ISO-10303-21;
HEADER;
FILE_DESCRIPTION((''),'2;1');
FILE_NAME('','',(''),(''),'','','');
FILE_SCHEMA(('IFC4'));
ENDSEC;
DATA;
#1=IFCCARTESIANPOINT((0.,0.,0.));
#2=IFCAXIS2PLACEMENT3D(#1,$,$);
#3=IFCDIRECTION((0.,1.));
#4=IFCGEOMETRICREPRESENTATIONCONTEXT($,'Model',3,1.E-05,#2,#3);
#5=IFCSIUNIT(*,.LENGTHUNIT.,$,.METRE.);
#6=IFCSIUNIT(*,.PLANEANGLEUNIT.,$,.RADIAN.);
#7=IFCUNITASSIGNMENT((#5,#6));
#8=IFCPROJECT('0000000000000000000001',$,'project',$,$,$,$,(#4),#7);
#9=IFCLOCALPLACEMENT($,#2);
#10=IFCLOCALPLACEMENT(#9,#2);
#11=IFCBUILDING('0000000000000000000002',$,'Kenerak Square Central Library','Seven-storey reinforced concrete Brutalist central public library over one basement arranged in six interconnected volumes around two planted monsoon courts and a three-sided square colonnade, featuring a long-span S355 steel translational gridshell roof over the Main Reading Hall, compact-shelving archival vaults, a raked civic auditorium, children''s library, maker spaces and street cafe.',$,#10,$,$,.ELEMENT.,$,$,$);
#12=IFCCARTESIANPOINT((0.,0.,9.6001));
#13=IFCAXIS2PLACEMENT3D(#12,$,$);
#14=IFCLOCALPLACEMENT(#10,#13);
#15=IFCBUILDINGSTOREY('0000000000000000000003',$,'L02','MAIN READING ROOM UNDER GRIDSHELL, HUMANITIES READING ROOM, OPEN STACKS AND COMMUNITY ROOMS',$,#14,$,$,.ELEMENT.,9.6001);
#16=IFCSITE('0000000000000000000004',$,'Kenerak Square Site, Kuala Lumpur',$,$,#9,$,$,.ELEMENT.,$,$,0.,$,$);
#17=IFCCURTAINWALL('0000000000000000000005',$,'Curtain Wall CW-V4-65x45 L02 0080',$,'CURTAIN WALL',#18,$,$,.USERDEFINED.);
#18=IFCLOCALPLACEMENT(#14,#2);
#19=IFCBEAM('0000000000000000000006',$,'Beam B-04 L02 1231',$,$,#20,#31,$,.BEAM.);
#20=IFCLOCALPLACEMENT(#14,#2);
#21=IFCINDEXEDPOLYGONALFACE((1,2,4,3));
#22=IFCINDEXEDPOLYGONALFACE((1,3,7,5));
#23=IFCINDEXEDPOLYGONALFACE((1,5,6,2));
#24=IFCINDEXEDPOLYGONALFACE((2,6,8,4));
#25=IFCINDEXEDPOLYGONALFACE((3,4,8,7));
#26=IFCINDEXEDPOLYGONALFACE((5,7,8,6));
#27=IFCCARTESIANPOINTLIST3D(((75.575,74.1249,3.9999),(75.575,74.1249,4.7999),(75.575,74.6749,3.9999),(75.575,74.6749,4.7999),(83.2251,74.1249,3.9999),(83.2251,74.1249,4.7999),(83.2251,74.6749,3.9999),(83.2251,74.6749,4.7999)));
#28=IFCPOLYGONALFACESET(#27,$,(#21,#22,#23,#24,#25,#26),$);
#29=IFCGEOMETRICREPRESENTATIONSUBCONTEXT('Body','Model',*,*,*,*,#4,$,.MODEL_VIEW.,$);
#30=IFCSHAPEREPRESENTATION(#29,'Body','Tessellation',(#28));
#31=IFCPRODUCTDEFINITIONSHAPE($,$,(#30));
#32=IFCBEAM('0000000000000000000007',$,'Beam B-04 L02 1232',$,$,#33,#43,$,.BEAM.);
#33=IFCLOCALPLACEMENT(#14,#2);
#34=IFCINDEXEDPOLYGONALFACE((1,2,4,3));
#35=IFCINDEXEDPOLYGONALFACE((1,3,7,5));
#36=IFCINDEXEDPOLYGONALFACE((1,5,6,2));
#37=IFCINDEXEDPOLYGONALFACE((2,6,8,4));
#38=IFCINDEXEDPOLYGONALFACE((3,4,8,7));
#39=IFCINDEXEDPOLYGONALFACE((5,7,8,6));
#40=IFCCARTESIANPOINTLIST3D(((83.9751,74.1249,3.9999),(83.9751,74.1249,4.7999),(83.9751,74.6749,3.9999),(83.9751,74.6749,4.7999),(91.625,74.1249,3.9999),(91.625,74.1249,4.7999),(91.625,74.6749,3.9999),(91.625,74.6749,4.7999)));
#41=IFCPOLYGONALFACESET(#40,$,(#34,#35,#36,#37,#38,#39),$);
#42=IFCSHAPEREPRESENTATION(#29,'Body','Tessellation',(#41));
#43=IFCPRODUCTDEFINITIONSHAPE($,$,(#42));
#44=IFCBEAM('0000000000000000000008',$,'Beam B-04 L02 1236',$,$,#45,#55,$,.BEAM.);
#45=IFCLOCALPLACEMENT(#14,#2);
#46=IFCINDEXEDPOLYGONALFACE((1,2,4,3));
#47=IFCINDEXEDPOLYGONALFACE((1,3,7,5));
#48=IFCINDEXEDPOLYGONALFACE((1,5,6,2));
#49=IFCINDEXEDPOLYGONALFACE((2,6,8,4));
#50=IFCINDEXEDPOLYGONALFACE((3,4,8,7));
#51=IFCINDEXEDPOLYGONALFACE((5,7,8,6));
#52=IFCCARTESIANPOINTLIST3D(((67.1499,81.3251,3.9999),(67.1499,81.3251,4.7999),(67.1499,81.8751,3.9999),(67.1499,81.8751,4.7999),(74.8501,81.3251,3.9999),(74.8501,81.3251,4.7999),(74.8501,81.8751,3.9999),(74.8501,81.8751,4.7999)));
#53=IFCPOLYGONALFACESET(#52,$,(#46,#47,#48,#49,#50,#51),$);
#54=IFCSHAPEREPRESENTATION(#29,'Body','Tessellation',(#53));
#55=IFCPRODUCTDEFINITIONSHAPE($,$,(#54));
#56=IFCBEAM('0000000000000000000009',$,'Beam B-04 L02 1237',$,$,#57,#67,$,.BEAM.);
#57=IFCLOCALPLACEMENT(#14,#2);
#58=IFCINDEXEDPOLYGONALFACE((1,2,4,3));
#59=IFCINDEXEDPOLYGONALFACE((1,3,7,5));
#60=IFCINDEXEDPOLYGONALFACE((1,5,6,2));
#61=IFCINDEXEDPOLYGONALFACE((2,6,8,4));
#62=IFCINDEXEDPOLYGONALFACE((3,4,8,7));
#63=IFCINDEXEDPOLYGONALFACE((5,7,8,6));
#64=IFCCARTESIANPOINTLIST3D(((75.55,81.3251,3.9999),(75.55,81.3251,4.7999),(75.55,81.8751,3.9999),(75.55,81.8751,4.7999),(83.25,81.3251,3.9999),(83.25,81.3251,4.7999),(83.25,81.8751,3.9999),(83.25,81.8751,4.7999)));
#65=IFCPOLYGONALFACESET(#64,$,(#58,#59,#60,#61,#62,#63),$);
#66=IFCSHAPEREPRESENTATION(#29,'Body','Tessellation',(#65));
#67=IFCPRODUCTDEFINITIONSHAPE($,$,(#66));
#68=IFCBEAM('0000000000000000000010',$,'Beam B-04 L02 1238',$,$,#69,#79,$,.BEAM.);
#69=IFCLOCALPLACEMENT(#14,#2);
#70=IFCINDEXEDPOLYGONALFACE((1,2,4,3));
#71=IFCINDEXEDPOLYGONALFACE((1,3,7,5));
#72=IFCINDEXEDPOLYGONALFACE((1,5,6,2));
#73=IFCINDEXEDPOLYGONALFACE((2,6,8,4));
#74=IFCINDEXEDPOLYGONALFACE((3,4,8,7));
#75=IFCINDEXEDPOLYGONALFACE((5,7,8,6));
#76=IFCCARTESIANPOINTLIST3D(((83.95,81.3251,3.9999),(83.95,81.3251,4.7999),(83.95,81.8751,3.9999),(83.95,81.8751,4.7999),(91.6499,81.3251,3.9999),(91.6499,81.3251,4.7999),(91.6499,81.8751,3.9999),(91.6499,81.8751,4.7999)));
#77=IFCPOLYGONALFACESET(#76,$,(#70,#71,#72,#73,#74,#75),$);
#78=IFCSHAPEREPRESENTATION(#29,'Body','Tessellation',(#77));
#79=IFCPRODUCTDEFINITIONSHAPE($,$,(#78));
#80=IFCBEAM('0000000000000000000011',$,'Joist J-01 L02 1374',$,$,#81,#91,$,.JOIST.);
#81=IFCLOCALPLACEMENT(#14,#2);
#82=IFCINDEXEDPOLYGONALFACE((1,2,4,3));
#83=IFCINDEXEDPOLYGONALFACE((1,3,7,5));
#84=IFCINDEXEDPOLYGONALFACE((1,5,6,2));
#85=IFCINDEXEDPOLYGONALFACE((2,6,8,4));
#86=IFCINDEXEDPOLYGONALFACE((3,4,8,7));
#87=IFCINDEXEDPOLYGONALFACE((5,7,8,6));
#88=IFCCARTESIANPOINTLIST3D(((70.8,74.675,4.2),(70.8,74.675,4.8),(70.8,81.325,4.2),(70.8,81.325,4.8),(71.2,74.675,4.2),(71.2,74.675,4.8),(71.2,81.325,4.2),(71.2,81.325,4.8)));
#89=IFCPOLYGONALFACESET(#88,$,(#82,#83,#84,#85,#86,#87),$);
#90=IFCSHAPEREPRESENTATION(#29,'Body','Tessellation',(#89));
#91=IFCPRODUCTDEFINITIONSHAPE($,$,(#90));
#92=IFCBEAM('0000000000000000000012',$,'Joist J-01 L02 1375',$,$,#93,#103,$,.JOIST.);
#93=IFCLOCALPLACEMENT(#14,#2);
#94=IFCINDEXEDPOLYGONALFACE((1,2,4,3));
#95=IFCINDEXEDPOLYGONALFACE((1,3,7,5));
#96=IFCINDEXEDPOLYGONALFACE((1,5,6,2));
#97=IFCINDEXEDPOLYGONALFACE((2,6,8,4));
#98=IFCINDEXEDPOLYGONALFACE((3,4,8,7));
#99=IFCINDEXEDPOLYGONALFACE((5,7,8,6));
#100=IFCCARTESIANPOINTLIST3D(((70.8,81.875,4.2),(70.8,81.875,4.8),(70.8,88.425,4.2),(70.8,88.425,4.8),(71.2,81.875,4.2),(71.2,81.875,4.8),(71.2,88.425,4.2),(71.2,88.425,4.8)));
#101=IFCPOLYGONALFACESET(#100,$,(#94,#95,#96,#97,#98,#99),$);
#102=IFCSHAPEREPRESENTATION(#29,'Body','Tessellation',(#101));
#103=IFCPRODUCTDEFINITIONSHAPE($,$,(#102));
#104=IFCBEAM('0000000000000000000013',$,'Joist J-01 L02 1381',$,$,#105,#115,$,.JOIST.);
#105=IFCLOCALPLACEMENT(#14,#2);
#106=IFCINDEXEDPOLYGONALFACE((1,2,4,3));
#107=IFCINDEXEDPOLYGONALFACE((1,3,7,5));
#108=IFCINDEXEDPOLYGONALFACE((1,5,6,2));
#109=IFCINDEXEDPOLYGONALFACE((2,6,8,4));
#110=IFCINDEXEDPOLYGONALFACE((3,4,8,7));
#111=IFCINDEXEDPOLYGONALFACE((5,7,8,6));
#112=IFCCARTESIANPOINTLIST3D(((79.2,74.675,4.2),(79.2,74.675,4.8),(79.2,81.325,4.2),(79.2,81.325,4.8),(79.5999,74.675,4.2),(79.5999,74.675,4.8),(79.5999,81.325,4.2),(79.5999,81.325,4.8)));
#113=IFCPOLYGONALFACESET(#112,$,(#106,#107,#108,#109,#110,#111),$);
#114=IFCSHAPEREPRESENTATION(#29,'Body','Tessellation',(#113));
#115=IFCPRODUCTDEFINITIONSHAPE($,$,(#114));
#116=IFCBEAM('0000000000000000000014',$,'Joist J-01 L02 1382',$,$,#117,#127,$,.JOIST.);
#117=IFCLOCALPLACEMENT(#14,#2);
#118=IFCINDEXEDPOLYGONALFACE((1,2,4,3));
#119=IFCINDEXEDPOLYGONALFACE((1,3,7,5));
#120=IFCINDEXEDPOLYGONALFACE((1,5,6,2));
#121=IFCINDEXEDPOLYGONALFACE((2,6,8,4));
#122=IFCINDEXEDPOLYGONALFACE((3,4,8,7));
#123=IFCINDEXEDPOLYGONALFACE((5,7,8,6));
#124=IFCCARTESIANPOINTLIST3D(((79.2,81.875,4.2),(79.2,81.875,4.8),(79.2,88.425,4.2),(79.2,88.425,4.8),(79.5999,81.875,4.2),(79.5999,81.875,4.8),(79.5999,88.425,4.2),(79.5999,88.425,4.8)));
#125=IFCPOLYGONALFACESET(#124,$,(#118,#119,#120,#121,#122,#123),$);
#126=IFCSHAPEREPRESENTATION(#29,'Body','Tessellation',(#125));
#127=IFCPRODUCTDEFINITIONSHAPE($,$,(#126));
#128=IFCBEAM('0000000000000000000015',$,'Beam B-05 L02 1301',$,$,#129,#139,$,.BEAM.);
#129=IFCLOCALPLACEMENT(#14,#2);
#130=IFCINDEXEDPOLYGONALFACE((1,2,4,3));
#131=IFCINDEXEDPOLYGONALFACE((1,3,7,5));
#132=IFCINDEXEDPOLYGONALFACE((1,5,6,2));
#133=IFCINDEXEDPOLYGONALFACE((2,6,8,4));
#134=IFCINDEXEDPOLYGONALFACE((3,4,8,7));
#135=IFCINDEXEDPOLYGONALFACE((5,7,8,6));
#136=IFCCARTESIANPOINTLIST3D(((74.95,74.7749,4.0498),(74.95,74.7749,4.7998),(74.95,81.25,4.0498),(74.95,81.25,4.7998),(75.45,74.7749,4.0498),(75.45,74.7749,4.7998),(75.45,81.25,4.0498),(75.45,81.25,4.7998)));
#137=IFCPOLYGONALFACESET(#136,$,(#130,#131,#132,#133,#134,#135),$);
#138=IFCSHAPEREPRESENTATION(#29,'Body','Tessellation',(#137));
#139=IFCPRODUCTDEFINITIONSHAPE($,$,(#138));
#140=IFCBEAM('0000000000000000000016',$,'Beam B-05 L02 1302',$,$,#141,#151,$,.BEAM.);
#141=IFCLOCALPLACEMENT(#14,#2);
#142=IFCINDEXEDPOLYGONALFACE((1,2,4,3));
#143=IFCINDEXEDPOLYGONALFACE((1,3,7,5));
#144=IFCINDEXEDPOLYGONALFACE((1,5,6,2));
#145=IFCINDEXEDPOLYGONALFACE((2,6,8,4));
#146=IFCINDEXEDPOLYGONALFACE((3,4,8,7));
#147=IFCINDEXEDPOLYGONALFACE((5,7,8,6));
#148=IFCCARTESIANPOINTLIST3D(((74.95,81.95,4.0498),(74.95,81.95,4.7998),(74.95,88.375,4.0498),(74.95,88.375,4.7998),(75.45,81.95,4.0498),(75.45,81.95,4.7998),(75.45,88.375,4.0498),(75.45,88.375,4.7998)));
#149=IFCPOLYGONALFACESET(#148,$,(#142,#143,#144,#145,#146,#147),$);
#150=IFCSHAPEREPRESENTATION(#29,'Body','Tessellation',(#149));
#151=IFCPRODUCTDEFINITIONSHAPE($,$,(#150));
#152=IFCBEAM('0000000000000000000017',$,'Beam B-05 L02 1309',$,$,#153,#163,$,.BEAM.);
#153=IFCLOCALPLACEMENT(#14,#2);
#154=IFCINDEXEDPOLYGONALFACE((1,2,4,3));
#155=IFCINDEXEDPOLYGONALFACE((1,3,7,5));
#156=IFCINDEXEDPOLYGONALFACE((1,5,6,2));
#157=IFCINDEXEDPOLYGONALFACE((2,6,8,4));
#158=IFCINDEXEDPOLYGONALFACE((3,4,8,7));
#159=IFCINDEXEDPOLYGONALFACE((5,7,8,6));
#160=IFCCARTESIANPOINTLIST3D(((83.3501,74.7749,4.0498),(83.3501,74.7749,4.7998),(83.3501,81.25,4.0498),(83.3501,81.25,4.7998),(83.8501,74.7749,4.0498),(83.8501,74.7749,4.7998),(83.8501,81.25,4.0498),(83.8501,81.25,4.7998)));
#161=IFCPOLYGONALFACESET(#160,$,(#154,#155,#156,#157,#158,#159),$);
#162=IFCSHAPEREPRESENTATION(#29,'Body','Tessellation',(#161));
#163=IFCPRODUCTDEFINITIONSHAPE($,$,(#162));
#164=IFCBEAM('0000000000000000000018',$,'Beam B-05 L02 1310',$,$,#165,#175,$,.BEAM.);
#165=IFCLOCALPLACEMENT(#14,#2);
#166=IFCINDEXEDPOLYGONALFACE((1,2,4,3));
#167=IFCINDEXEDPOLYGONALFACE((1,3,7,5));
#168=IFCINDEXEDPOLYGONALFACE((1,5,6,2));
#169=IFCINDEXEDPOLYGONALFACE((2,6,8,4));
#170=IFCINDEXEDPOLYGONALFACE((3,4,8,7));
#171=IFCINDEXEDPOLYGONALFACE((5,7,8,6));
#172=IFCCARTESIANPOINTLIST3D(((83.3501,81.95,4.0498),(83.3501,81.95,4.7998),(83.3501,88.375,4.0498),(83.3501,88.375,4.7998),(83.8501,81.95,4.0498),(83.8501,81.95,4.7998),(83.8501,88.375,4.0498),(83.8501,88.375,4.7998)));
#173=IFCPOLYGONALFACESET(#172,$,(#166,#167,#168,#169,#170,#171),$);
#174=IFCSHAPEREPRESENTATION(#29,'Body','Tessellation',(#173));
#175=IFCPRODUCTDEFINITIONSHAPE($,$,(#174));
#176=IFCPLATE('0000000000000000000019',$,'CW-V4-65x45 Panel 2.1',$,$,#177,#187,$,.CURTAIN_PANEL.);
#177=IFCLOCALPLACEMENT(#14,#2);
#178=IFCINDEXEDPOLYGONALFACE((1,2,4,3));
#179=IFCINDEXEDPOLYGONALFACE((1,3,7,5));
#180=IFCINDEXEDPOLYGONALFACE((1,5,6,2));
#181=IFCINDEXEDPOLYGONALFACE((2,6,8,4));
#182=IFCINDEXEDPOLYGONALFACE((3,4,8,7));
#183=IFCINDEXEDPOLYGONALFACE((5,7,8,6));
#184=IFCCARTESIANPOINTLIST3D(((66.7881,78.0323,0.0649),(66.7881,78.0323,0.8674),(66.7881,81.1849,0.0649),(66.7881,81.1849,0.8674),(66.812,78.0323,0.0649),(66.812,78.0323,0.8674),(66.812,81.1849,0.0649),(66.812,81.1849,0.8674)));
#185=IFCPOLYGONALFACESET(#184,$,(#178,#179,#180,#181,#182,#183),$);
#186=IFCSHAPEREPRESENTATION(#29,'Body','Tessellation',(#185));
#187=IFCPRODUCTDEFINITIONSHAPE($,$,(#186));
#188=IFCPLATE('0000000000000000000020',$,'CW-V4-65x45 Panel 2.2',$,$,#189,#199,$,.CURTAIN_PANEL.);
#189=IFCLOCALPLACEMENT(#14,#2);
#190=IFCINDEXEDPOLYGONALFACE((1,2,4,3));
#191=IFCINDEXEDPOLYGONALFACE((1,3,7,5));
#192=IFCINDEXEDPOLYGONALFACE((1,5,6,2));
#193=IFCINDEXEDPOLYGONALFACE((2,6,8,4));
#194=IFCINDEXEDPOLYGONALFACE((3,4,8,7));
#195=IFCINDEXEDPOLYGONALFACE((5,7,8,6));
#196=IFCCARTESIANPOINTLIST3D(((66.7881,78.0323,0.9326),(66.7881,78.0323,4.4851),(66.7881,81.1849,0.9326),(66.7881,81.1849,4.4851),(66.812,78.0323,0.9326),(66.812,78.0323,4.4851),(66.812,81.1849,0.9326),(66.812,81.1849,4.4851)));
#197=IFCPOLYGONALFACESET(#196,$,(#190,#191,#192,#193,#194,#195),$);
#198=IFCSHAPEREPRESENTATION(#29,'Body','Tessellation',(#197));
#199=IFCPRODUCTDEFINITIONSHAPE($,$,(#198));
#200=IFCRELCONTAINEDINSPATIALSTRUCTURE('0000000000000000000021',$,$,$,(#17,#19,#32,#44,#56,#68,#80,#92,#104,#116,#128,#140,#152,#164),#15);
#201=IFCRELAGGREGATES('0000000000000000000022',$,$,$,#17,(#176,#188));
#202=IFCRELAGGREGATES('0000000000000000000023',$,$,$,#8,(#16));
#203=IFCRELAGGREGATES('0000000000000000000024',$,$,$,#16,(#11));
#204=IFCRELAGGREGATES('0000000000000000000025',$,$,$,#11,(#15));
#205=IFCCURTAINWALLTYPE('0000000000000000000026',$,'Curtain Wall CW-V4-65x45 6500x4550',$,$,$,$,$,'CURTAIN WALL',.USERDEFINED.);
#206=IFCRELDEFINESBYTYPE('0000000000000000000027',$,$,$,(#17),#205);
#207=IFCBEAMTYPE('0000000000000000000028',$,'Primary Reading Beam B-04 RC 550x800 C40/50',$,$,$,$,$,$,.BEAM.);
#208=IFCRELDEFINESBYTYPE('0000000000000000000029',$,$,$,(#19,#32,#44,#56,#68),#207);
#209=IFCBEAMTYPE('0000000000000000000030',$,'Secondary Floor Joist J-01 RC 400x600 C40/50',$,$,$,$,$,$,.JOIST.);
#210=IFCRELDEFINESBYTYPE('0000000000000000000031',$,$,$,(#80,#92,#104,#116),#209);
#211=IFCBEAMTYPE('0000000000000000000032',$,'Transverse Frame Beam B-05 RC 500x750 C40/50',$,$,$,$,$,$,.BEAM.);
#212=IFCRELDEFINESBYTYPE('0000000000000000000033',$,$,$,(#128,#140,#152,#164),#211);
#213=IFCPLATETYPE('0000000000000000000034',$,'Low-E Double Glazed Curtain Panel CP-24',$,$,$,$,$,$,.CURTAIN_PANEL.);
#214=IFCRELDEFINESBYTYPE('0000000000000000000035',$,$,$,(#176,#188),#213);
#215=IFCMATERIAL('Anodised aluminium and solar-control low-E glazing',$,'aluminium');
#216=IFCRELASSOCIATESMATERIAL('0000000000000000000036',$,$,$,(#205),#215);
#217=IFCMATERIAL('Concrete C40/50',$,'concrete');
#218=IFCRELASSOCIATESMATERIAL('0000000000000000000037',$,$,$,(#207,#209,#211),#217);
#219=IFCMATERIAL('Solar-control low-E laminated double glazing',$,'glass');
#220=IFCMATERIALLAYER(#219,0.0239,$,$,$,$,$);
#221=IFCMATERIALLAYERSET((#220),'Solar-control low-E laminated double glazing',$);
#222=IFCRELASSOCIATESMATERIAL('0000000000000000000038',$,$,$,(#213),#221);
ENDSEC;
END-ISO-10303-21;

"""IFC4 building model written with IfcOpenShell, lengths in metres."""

from ifc_helpers import new_model, si_unit, direction, frame, origin, origin_2d, place, context, subcontext, project, spatial, rectangle, extrude, material, layer, layer_set, material_profile, profile_set, type_object, element, aggregate, save


model = new_model("IFC4")

# Units and contexts
model_context = context("Model", 3, precision=1e-05, world=origin(), true_north=direction((0.0, 1.0)))
body_context = subcontext(model_context, "Body", "Model", "MODEL_VIEW")
ifc_project = project(units=[si_unit("LENGTHUNIT", "METRE"), si_unit("PLANEANGLEUNIT", "RADIAN")], contexts=[model_context])

# Site, building, storey
site_placement = place(None, origin())
site = spatial("IfcSite", under=ifc_project, at=site_placement, Name="Kenerak Square Site, Kuala Lumpur", CompositionType="ELEMENT", RefElevation=0.0)
building_placement = place(site_placement, origin())
building = spatial("IfcBuilding", under=site, at=building_placement, Name="Kenerak Square Central Library", Description="Seven-storey reinforced concrete Brutalist central public library over one basement arranged in six interconnected volumes around two planted monsoon courts and a three-sided square colonnade, featuring a long-span S355 steel translational gridshell roof over the Main Reading Hall, compact-shelving archival vaults, a raked civic auditorium, children's library, maker spaces and street cafe.", CompositionType="ELEMENT")
storey_placement = place(building_placement, frame((0.0, 0.0, 9.6001)))
storey = spatial("IfcBuildingStorey", under=building, at=storey_placement, Name="L02", Description="MAIN READING ROOM UNDER GRIDSHELL, HUMANITIES READING ROOM, OPEN STACKS AND COMMUNITY ROOMS", CompositionType="ELEMENT", Elevation=9.6001)

# Shared definitions
ifc_material_1 = material(Name="Concrete C40/50", Category="concrete")

# Curtain wall
ifc_material_2 = material(Name="Anodised aluminium and solar-control low-E glazing", Category="aluminium")
curtain_wall_type = type_object("IfcCurtainWallType", Name="Curtain Wall CW-V4-65x45 6500x4550", ElementType="CURTAIN WALL", PredefinedType="USERDEFINED", material=ifc_material_2)
curtain_wall_placement = place(storey_placement, origin())
curtain_wall = element("IfcCurtainWall", 1, at=curtain_wall_placement, inside=storey, type_object=curtain_wall_type, Name="Curtain Wall CW-V4-65x45 L02 0080", ObjectType="CURTAIN WALL", PredefinedType="USERDEFINED")

# Beams
ifc_material_profile_1 = material_profile(ifc_material_1, rectangle(XDim=0.55, YDim=0.8, at=origin_2d()), Name="RC 550x800")
ifc_profile_set_1 = profile_set([ifc_material_profile_1], Name="Concrete C40/50")
beam_type_1 = type_object("IfcBeamType", Name="Primary Reading Beam B-04 RC 550x800 C40/50", PredefinedType="BEAM", material=ifc_profile_set_1)
beam_1_placement = place(storey_placement, frame((75.575, 74.3999, 4.3999), z_axis=(1.0, 0.0, 0.0), x_axis=(0.0, 1.0, 0.0)))
element("IfcBeam", 2, at=beam_1_placement, inside=storey, type_object=beam_type_1, Name="Beam B-04 L02 1231", PredefinedType="BEAM", context=body_context, shape_type="SweptSolid", body=[
    extrude(rectangle(XDim=0.55, YDim=0.8, at=origin_2d()), origin(), (0.0, 0.0, 1.0), 7.6501),
])
beam_2_placement = place(storey_placement, frame((83.9751, 74.3999, 4.3999), z_axis=(1.0, 0.0, 0.0), x_axis=(0.0, 1.0, 0.0)))
element("IfcBeam", 3, at=beam_2_placement, inside=storey, type_object=beam_type_1, Name="Beam B-04 L02 1232", PredefinedType="BEAM", context=body_context, shape_type="SweptSolid", body=[
    extrude(rectangle(XDim=0.55, YDim=0.8, at=origin_2d()), origin(), (0.0, 0.0, 1.0), 7.6499),
])
beam_3_placement = place(storey_placement, frame((67.1499, 81.6001, 4.3999), z_axis=(1.0, 0.0, 0.0), x_axis=(0.0, 1.0, 0.0)))
element("IfcBeam", 4, at=beam_3_placement, inside=storey, type_object=beam_type_1, Name="Beam B-04 L02 1236", PredefinedType="BEAM", context=body_context, shape_type="SweptSolid", body=[
    extrude(rectangle(XDim=0.55, YDim=0.8, at=origin_2d()), origin(), (0.0, 0.0, 1.0), 7.7002),
])
for number, where, z_axis, x_axis, name in (
    (5, (75.55, 81.6001, 4.3999), (1.0, 0.0, 0.0), (0.0, 1.0, 0.0), "Beam B-04 L02 1237"),
    (6, (83.95, 81.6001, 4.3999), (1.0, 0.0, 0.0), (0.0, 1.0, 0.0), "Beam B-04 L02 1238"),
):
    element("IfcBeam", number, at=place(storey_placement, frame(where, z_axis=z_axis, x_axis=x_axis)), inside=storey, type_object=beam_type_1, Name=name, PredefinedType="BEAM", context=body_context, shape_type="SweptSolid", body=[
        extrude(rectangle(XDim=0.55, YDim=0.8, at=origin_2d()), origin(), (0.0, 0.0, 1.0), 7.7),
    ])
ifc_material_profile_2 = material_profile(ifc_material_1, rectangle(XDim=0.3999, YDim=0.6001, at=origin_2d()), Name="RC 400x600")
ifc_profile_set_2 = profile_set([ifc_material_profile_2], Name="Concrete C40/50")
beam_type_2 = type_object("IfcBeamType", Name="Secondary Floor Joist J-01 RC 400x600 C40/50", PredefinedType="JOIST", material=ifc_profile_set_2)
beam_4_placement = place(storey_placement, frame((71.0, 74.675, 4.5), z_axis=(0.0, 1.0, 0.0), x_axis=(-1.0, 0.0, 0.0)))
element("IfcBeam", 7, at=beam_4_placement, inside=storey, type_object=beam_type_2, Name="Joist J-01 L02 1374", PredefinedType="JOIST", context=body_context, shape_type="SweptSolid", body=[
    extrude(rectangle(XDim=0.3999, YDim=0.6001, at=origin_2d()), origin(), (0.0, 0.0, 1.0), 6.6499),
])
beam_5_placement = place(storey_placement, frame((71.0, 81.875, 4.5), z_axis=(0.0, 1.0, 0.0), x_axis=(-1.0, 0.0, 0.0)))
element("IfcBeam", 8, at=beam_5_placement, inside=storey, type_object=beam_type_2, Name="Joist J-01 L02 1375", PredefinedType="JOIST", context=body_context, shape_type="SweptSolid", body=[
    extrude(rectangle(XDim=0.3999, YDim=0.6001, at=origin_2d()), origin(), (0.0, 0.0, 1.0), 6.55),
])
beam_6_placement = place(storey_placement, frame((79.3999, 74.675, 4.5), z_axis=(0.0, 1.0, 0.0), x_axis=(-1.0, 0.0, 0.0)))
element("IfcBeam", 9, at=beam_6_placement, inside=storey, type_object=beam_type_2, Name="Joist J-01 L02 1381", PredefinedType="JOIST", context=body_context, shape_type="SweptSolid", body=[
    extrude(rectangle(XDim=0.3999, YDim=0.6001, at=origin_2d()), origin(), (0.0, 0.0, 1.0), 6.6499),
])
beam_7_placement = place(storey_placement, frame((79.3999, 81.875, 4.5), z_axis=(0.0, 1.0, 0.0), x_axis=(-1.0, 0.0, 0.0)))
element("IfcBeam", 10, at=beam_7_placement, inside=storey, type_object=beam_type_2, Name="Joist J-01 L02 1382", PredefinedType="JOIST", context=body_context, shape_type="SweptSolid", body=[
    extrude(rectangle(XDim=0.3999, YDim=0.6001, at=origin_2d()), origin(), (0.0, 0.0, 1.0), 6.55),
])
ifc_material_profile_3 = material_profile(ifc_material_1, rectangle(XDim=0.5, YDim=0.75, at=origin_2d()), Name="RC 500x750")
ifc_profile_set_3 = profile_set([ifc_material_profile_3], Name="Concrete C40/50")
beam_type_3 = type_object("IfcBeamType", Name="Transverse Frame Beam B-05 RC 500x750 C40/50", PredefinedType="BEAM", material=ifc_profile_set_3)
beam_8_placement = place(storey_placement, frame((75.2, 74.7749, 4.4248), z_axis=(0.0, 1.0, 0.0), x_axis=(-1.0, 0.0, 0.0)))
element("IfcBeam", 11, at=beam_8_placement, inside=storey, type_object=beam_type_3, Name="Beam B-05 L02 1301", PredefinedType="BEAM", context=body_context, shape_type="SweptSolid", body=[
    extrude(rectangle(XDim=0.5, YDim=0.75, at=origin_2d()), origin(), (0.0, 0.0, 1.0), 6.4751),
])
beam_9_placement = place(storey_placement, frame((75.2, 81.95, 4.4248), z_axis=(0.0, 1.0, 0.0), x_axis=(-1.0, 0.0, 0.0)))
element("IfcBeam", 12, at=beam_9_placement, inside=storey, type_object=beam_type_3, Name="Beam B-05 L02 1302", PredefinedType="BEAM", context=body_context, shape_type="SweptSolid", body=[
    extrude(rectangle(XDim=0.5, YDim=0.75, at=origin_2d()), origin(), (0.0, 0.0, 1.0), 6.425),
])
beam_10_placement = place(storey_placement, frame((83.6001, 74.7749, 4.4248), z_axis=(0.0, 1.0, 0.0), x_axis=(-1.0, 0.0, 0.0)))
element("IfcBeam", 13, at=beam_10_placement, inside=storey, type_object=beam_type_3, Name="Beam B-05 L02 1309", PredefinedType="BEAM", context=body_context, shape_type="SweptSolid", body=[
    extrude(rectangle(XDim=0.5, YDim=0.75, at=origin_2d()), origin(), (0.0, 0.0, 1.0), 6.4751),
])
beam_11_placement = place(storey_placement, frame((83.6001, 81.95, 4.4248), z_axis=(0.0, 1.0, 0.0), x_axis=(-1.0, 0.0, 0.0)))
element("IfcBeam", 14, at=beam_11_placement, inside=storey, type_object=beam_type_3, Name="Beam B-05 L02 1310", PredefinedType="BEAM", context=body_context, shape_type="SweptSolid", body=[
    extrude(rectangle(XDim=0.5, YDim=0.75, at=origin_2d()), origin(), (0.0, 0.0, 1.0), 6.425),
])

# Plates
ifc_material_3 = material(Name="Solar-control low-E laminated double glazing", Category="glass")
ifc_layer_1 = layer(ifc_material_3, 0.0239)
ifc_layer_set_1 = layer_set([ifc_layer_1], Name="Solar-control low-E laminated double glazing")
plate_type = type_object("IfcPlateType", Name="Low-E Double Glazed Curtain Panel CP-24", PredefinedType="CURTAIN_PANEL", material=ifc_layer_set_1)
plate_1_placement = place(storey_placement, frame((66.8, 79.6086, 0.0649), z_axis=(0.0, 0.0, 1.0), x_axis=(0.0, 1.0, 0.0)))
plate_1 = element("IfcPlate", 15, at=plate_1_placement, type_object=plate_type, Name="CW-V4-65x45 Panel 2.1", PredefinedType="CURTAIN_PANEL", context=body_context, shape_type="SweptSolid", body=[
    extrude(rectangle(XDim=3.1526, YDim=0.0239, at=origin_2d()), origin(), (0.0, 0.0, 1.0), 0.8025),
])
plate_2_placement = place(storey_placement, frame((66.8, 79.6086, 0.9326), z_axis=(0.0, 0.0, 1.0), x_axis=(0.0, 1.0, 0.0)))
plate_2 = element("IfcPlate", 16, at=plate_2_placement, type_object=plate_type, Name="CW-V4-65x45 Panel 2.2", PredefinedType="CURTAIN_PANEL", context=body_context, shape_type="SweptSolid", body=[
    extrude(rectangle(XDim=3.1526, YDim=0.0239, at=origin_2d()), origin(), (0.0, 0.0, 1.0), 3.5525),
])
aggregate(curtain_wall, [plate_1, plate_2])

save(model, "model.ifc")
